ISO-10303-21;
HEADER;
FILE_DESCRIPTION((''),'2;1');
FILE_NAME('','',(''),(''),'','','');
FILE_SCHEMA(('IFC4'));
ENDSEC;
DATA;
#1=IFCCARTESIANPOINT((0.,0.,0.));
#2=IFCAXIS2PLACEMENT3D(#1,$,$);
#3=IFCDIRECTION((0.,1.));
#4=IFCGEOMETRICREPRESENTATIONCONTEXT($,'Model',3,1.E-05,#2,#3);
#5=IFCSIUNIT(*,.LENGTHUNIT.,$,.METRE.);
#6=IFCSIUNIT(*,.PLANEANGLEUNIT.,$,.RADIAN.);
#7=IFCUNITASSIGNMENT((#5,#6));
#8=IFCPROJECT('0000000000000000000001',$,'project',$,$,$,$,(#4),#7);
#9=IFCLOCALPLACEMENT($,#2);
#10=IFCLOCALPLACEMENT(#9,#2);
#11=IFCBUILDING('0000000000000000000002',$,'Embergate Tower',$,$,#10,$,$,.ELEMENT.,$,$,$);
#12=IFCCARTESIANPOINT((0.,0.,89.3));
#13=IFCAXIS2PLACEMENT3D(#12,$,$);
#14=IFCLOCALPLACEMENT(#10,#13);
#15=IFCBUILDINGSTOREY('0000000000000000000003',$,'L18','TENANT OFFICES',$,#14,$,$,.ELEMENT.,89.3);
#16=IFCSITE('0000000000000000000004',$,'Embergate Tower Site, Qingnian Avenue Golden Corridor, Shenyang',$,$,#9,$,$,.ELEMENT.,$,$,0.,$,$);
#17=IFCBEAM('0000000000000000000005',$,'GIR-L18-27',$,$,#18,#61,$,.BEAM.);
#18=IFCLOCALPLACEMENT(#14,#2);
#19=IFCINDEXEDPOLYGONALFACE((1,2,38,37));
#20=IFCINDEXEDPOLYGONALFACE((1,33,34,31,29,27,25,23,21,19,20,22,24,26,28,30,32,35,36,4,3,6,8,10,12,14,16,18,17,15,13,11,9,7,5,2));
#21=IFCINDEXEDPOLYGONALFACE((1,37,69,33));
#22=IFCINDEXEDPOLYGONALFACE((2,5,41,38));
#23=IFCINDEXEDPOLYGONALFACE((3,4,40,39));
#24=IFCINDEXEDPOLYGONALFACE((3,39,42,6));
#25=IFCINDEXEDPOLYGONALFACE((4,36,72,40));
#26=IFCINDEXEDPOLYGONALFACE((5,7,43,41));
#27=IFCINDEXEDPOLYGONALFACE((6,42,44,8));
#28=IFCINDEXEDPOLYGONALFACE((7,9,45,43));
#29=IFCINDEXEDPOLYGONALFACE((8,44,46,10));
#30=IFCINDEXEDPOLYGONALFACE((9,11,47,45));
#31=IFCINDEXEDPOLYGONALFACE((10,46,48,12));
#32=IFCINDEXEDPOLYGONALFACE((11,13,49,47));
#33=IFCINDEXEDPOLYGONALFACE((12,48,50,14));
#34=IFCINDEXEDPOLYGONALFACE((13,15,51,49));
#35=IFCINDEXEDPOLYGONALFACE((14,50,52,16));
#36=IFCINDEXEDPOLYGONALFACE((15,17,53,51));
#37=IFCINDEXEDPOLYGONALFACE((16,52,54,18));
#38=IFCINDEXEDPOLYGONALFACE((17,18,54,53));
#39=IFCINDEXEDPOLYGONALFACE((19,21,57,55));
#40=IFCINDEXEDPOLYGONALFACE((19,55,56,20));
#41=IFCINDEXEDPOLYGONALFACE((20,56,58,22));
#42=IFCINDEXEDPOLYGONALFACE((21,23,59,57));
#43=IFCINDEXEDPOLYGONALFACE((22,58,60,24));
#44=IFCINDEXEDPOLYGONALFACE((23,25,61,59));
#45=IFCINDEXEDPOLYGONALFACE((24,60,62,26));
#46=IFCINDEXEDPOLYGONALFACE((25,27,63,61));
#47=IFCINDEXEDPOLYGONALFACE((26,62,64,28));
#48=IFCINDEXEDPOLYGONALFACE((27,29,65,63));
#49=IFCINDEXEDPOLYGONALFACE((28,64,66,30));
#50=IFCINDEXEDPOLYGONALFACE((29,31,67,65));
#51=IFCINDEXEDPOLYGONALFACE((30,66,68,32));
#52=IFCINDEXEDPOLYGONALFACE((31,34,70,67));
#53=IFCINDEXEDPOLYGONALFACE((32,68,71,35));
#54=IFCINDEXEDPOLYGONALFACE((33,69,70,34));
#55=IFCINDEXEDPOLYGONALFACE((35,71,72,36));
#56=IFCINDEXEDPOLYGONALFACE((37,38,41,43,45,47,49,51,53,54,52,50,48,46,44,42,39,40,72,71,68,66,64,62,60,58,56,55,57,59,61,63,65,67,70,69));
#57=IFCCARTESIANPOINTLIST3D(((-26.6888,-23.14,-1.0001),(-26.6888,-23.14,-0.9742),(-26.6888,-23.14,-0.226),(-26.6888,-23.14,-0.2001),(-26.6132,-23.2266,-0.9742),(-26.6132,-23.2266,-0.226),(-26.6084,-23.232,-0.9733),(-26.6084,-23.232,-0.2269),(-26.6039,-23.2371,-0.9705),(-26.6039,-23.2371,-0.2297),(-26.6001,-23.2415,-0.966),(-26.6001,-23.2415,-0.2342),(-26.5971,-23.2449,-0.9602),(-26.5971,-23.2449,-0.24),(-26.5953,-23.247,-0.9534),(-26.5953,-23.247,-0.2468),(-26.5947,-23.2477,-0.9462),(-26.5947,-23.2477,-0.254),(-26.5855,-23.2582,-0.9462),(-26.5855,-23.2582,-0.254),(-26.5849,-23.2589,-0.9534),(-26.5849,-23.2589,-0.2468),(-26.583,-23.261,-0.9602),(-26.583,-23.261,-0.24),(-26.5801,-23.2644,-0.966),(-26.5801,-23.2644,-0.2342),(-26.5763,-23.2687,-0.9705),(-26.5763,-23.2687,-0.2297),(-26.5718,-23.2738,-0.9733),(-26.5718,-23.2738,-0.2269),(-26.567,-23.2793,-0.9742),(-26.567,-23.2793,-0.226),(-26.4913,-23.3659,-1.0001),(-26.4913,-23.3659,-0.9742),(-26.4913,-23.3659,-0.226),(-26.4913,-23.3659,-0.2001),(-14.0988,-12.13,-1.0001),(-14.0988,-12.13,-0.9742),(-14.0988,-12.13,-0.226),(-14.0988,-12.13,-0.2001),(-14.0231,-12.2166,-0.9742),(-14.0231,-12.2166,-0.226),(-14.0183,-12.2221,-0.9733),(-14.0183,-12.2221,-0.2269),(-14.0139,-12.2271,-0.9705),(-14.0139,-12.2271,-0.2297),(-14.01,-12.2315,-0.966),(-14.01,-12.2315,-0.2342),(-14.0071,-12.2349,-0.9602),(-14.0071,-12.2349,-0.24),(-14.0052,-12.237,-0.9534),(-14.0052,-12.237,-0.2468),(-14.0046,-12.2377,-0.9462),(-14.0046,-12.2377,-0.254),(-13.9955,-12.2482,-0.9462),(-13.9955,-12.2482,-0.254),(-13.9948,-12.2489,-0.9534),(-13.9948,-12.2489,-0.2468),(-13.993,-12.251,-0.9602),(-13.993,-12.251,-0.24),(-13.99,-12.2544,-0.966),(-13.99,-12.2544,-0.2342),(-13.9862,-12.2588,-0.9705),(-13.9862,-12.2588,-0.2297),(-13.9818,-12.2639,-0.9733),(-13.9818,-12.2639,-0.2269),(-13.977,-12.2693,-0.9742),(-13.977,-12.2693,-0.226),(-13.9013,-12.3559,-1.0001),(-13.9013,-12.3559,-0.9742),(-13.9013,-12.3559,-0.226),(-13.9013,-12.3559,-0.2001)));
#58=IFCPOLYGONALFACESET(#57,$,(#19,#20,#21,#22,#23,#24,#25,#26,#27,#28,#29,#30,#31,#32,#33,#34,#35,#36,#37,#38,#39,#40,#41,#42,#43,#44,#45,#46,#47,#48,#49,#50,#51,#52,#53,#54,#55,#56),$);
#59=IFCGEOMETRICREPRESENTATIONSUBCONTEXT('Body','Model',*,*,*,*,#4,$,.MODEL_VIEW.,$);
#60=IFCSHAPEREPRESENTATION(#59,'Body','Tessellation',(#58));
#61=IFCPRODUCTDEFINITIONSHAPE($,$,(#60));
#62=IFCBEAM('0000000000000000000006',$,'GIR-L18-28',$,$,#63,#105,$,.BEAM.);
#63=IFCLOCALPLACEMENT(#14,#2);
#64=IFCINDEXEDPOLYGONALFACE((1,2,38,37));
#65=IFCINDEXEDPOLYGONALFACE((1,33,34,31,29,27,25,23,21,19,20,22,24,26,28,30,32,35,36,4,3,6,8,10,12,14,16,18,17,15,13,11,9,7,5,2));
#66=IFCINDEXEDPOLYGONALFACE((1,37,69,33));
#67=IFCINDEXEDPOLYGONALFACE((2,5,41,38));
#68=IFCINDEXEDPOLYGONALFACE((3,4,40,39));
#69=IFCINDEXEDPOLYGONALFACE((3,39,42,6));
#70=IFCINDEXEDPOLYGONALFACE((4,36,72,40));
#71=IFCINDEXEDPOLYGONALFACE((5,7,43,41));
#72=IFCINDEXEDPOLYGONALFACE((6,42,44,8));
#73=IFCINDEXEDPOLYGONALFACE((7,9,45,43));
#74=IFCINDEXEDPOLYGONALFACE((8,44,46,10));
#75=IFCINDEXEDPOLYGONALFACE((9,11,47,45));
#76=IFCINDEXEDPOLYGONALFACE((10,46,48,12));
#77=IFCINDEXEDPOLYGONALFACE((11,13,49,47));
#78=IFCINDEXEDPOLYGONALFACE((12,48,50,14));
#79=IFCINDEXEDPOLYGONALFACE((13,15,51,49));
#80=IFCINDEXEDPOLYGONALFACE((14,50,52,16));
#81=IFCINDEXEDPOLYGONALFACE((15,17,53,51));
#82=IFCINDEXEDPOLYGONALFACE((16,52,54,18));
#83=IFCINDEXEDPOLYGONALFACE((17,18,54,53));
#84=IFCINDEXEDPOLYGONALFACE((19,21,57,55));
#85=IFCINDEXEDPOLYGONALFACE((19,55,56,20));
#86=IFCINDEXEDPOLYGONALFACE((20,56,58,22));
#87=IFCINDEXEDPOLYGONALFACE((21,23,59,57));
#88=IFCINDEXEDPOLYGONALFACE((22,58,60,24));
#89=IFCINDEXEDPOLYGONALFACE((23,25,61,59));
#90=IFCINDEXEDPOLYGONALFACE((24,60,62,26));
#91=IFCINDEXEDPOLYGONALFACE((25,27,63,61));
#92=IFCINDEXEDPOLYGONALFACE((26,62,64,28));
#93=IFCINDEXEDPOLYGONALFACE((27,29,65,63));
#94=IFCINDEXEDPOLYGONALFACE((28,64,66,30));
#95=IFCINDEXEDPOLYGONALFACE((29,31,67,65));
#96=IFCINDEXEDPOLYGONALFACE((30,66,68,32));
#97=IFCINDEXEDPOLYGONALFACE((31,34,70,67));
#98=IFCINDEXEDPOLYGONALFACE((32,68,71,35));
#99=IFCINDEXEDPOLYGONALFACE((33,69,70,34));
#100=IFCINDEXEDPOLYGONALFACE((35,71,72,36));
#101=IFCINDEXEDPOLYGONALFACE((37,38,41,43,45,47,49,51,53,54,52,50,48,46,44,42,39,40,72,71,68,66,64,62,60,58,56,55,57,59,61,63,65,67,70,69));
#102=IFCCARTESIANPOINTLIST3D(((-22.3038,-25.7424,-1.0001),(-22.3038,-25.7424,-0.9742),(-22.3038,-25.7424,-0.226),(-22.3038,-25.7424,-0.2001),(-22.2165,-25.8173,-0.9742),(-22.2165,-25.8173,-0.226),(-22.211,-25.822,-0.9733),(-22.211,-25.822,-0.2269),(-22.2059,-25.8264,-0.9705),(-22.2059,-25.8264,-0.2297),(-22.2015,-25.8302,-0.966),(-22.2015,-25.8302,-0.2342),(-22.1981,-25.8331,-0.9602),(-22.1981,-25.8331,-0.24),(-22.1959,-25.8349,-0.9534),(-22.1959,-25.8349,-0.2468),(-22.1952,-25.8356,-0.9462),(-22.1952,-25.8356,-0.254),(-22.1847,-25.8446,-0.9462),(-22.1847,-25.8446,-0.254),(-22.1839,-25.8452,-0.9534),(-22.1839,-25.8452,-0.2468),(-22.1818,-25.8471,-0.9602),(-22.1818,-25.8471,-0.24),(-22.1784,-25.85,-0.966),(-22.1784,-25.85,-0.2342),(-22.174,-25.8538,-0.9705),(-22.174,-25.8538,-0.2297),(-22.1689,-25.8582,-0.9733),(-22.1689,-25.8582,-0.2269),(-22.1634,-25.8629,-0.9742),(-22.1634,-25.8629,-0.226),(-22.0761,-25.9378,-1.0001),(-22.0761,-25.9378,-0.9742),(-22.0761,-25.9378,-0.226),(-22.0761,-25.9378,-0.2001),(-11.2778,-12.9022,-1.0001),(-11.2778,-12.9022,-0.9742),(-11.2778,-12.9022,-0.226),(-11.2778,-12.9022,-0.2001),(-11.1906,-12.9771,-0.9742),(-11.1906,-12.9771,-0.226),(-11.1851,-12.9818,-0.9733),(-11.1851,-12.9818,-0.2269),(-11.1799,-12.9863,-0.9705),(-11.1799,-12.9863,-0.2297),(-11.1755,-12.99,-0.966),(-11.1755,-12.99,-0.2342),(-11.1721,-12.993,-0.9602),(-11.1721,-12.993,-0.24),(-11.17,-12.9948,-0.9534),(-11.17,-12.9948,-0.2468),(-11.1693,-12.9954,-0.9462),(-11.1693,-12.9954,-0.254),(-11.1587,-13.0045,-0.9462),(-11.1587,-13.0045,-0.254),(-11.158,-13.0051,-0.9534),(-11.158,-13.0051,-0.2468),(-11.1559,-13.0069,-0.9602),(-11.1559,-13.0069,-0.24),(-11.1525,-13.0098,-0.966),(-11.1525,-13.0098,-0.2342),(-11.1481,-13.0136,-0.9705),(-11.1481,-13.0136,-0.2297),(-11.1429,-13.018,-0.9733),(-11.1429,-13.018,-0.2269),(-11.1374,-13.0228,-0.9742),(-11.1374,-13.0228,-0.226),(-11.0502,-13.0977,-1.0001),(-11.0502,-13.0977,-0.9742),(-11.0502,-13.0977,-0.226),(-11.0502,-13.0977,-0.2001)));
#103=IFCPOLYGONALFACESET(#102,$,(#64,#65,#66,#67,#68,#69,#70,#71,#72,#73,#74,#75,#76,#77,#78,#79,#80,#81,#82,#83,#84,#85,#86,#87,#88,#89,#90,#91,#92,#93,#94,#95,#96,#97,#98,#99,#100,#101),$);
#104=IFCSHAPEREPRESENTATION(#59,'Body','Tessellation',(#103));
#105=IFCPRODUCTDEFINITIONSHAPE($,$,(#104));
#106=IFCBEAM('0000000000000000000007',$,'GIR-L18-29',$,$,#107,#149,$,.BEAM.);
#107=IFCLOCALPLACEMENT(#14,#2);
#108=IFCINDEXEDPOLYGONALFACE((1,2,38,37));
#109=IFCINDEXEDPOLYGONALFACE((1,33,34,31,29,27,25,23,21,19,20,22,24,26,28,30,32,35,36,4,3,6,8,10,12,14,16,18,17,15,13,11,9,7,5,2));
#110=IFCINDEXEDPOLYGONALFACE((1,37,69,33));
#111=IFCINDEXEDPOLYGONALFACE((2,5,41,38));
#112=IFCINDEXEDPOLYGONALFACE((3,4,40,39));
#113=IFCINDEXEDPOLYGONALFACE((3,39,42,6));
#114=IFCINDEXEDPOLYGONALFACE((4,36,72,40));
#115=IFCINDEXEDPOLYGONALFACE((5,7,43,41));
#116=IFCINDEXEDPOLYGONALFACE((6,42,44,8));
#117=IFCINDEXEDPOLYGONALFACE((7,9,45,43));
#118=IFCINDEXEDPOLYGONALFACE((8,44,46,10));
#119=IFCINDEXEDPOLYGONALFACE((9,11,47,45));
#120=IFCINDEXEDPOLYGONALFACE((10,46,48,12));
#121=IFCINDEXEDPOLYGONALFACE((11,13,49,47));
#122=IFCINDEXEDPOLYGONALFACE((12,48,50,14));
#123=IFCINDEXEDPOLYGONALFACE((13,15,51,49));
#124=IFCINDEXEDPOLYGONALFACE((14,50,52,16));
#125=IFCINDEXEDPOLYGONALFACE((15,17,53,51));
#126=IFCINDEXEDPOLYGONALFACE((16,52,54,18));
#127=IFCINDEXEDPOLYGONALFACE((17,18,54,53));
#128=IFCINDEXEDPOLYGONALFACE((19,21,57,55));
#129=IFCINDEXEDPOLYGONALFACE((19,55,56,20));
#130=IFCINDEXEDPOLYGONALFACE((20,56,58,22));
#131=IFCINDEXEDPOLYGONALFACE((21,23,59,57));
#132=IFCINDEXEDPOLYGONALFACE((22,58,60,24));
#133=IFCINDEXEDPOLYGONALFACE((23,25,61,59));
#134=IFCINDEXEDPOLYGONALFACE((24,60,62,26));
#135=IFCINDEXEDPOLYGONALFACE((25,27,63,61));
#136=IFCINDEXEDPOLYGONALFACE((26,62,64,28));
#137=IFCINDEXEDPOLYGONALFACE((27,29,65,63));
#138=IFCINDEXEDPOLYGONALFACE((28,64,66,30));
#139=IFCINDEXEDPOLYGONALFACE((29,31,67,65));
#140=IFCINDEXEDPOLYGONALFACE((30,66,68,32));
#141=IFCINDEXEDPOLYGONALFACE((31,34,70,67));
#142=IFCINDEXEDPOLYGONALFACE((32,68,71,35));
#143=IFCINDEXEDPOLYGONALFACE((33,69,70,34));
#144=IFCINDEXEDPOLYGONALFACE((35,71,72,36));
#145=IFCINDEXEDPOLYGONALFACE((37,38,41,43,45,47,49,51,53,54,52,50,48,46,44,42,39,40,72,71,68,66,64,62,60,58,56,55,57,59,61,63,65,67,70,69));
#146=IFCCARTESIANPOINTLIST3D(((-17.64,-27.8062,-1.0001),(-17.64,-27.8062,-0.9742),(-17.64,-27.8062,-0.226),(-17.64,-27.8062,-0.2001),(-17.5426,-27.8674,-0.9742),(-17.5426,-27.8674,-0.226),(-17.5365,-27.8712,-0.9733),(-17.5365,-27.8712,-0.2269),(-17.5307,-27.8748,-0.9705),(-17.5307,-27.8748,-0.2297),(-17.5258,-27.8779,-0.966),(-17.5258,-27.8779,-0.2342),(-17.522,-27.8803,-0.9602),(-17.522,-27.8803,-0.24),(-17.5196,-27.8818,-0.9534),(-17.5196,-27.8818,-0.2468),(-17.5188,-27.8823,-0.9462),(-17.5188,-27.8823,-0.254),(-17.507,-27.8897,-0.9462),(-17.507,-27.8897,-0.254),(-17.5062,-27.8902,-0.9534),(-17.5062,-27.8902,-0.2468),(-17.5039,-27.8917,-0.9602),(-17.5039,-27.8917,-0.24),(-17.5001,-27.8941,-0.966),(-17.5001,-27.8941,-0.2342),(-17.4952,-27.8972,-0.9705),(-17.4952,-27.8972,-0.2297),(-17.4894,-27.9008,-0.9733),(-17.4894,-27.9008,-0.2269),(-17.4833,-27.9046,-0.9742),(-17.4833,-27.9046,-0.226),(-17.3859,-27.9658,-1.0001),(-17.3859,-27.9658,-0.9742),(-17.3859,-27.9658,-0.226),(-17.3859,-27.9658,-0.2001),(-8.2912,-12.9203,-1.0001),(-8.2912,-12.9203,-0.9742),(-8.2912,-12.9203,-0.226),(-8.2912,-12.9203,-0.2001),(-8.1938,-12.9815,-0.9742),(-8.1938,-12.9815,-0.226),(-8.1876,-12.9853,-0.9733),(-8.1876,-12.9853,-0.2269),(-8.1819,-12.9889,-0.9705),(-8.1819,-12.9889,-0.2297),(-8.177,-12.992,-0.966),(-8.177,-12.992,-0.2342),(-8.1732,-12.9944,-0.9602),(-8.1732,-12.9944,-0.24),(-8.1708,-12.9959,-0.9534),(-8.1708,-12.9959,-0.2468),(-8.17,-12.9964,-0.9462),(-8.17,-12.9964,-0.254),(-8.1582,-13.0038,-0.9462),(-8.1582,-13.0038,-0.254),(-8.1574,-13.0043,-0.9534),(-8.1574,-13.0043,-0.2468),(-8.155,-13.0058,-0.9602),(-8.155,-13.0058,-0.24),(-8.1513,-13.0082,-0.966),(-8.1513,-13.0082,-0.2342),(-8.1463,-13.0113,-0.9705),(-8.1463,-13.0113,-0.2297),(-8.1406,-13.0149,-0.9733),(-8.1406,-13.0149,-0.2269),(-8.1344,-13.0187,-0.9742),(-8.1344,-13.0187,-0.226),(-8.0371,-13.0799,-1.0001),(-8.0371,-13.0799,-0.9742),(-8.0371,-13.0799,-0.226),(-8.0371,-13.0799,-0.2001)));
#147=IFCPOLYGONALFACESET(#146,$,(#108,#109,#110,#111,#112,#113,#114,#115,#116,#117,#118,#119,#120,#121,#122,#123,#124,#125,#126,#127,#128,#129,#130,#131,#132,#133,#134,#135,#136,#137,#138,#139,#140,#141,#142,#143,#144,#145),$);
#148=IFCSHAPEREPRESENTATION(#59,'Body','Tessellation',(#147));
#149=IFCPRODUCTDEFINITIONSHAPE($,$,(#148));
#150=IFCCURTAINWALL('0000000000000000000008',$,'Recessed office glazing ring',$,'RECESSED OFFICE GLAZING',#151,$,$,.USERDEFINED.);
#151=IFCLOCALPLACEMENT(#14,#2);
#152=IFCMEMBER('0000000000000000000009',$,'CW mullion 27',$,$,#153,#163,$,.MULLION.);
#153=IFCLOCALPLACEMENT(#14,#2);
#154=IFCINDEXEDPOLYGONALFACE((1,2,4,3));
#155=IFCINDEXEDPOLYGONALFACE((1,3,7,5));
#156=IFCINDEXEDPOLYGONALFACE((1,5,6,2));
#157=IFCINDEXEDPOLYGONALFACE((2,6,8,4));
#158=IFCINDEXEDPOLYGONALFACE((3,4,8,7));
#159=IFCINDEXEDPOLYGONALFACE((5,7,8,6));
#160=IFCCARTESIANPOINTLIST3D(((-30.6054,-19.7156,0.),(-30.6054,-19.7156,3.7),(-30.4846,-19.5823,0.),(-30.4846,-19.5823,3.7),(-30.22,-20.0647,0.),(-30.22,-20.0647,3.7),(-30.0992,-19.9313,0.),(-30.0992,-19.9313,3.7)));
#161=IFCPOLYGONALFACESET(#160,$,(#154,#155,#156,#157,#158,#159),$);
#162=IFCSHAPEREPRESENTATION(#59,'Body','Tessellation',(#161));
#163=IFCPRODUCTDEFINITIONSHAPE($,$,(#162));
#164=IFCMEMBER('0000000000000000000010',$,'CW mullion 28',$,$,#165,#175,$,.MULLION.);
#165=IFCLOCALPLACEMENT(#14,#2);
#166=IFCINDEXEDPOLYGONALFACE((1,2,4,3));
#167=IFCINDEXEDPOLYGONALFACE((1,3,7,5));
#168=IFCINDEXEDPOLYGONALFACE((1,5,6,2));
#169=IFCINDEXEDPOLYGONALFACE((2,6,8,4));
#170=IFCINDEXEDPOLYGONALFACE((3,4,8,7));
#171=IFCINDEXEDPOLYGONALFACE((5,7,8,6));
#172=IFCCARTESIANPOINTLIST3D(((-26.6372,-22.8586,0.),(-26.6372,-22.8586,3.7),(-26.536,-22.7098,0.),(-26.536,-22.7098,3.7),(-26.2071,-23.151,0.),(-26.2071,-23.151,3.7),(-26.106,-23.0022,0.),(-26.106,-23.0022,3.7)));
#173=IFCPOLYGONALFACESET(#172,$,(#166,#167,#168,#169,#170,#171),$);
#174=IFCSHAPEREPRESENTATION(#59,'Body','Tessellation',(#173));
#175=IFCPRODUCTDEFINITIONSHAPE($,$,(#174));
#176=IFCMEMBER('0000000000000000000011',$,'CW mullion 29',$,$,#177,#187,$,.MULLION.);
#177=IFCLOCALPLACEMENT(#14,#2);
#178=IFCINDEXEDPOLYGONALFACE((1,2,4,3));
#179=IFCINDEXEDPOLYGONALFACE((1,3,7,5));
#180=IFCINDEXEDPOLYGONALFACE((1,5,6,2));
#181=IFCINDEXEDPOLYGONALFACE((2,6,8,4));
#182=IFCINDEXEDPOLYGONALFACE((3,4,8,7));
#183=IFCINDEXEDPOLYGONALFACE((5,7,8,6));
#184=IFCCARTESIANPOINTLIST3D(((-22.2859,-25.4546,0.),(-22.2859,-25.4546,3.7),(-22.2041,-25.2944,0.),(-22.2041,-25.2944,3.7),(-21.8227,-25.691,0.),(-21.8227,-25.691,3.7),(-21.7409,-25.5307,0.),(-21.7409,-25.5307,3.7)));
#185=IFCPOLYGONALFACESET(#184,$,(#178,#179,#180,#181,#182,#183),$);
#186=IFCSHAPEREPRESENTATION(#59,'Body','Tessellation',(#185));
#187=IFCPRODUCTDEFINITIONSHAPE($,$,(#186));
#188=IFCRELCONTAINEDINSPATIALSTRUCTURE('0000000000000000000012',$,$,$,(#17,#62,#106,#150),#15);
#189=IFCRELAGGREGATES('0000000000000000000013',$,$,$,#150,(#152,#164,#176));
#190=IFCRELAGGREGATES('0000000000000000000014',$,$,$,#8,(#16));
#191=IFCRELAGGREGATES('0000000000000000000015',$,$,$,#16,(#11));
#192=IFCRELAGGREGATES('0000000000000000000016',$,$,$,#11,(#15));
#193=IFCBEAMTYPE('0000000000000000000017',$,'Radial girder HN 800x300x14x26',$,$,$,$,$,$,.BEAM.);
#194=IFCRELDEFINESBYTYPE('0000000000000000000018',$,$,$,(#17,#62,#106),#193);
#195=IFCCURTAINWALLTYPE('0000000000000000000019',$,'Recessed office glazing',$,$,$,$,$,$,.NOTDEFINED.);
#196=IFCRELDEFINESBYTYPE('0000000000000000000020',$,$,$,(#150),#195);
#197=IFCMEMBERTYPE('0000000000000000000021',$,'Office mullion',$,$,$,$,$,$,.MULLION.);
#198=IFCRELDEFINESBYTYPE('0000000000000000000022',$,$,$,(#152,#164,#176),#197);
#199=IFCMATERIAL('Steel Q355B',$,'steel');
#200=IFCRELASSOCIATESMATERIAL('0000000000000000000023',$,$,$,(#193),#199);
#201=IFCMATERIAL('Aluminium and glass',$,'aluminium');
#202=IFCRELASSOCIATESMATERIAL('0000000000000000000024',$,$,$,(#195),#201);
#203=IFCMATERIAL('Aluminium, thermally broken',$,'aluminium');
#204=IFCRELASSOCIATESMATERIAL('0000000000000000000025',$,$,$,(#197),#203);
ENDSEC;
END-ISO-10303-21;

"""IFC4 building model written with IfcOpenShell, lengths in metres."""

from ifc_helpers import new_model, si_unit, direction, frame, origin, origin_2d, place, context, subcontext, project, spatial, rectangle, i_section, extrude, source, transform, mapped, material, material_profile, profile_set, type_object, element, aggregate, save


model = new_model("IFC4")

# Units and contexts
model_context = context("Model", 3, precision=1e-05, world=origin(), true_north=direction((0.0, 1.0)))
body_context = subcontext(model_context, "Body", "Model", "MODEL_VIEW")
ifc_project = project(units=[si_unit("LENGTHUNIT", "METRE"), si_unit("PLANEANGLEUNIT", "RADIAN")], contexts=[model_context])

# Site, building, storey
site_placement = place(None, origin())
site = spatial("IfcSite", under=ifc_project, at=site_placement, Name="Embergate Tower Site, Qingnian Avenue Golden Corridor, Shenyang", CompositionType="ELEMENT", RefElevation=0.0)
building_placement = place(site_placement, origin())
building = spatial("IfcBuilding", under=site, at=building_placement, Name="Embergate Tower", CompositionType="ELEMENT")
storey_placement = place(building_placement, frame((0.0, 0.0, 89.3)))
storey = spatial("IfcBuildingStorey", under=building, at=storey_placement, Name="L18", Description="TENANT OFFICES", CompositionType="ELEMENT", Elevation=89.3)

# Beams
ifc_material_1 = material(Name="Steel Q355B", Category="steel")
ifc_material_profile_1 = material_profile(ifc_material_1, i_section(OverallWidth=0.3, OverallDepth=0.8, WebThickness=0.0139, FlangeThickness=0.0259, FilletRadius=0.0281, at=origin_2d()), Name="HN 800x300x14x26")
ifc_profile_set_1 = profile_set([ifc_material_profile_1], Name="Steel Q355 grade B")
beam_type_1 = type_object("IfcBeamType", Name="Radial girder HN 800x300x14x26", PredefinedType="BEAM", material=ifc_profile_set_1)
shared_shape_1 = source(origin(), body_context, "Body", "SweptSolid", [
    extrude(i_section(OverallWidth=0.3, OverallDepth=0.8, WebThickness=0.0139, FlangeThickness=0.0259, FilletRadius=0.0281, at=origin_2d()), origin(), (0.0, 0.0, 1.0), 16.7251),
])
beam_1_placement = place(storey_placement, frame((-26.5901, -23.2529, -0.6001), z_axis=(0.752764, 0.658291, 0.0), x_axis=(-0.658291, 0.752764, 0.0)))
element("IfcBeam", 1, at=beam_1_placement, inside=storey, type_object=beam_type_1, Name="GIR-L18-27", PredefinedType="BEAM", context=body_context, shape_type="MappedRepresentation", body=[
    mapped(shared_shape_1, transform((0.0, 0.0, 0.0))),
])
shared_shape_2 = source(origin(), body_context, "Body", "SweptSolid", [
    extrude(i_section(OverallWidth=0.3, OverallDepth=0.8, WebThickness=0.0139, FlangeThickness=0.0259, FilletRadius=0.0281, at=origin_2d()), origin(), (0.0, 0.0, 1.0), 16.9246),
])
beam_2_placement = place(storey_placement, frame((-22.1899, -25.8401, -0.6001), z_axis=(0.651475, 0.75867, 0.0), x_axis=(-0.75867, 0.651475, 0.0)))
element("IfcBeam", 2, at=beam_2_placement, inside=storey, type_object=beam_type_1, Name="GIR-L18-28", PredefinedType="BEAM", context=body_context, shape_type="MappedRepresentation", body=[
    mapped(shared_shape_2, transform((0.0, 0.0, 0.0))),
])
shared_shape_3 = source(origin(), body_context, "Body", "SweptSolid", [
    extrude(i_section(OverallWidth=0.3, OverallDepth=0.8, WebThickness=0.0139, FlangeThickness=0.0259, FilletRadius=0.0281, at=origin_2d()), origin(), (0.0, 0.0, 1.0), 17.5781),
])
beam_3_placement = place(storey_placement, frame((-17.5129, -27.886, -0.6001), z_axis=(0.531844, 0.846842, 0.0), x_axis=(-0.846842, 0.531844, 0.0)))
element("IfcBeam", 3, at=beam_3_placement, inside=storey, type_object=beam_type_1, Name="GIR-L18-29", PredefinedType="BEAM", context=body_context, shape_type="MappedRepresentation", body=[
    mapped(shared_shape_3, transform((0.0, 0.0, 0.0))),
])

# Curtain wall, members
ifc_material_2 = material(Name="Aluminium and glass", Category="aluminium")
curtain_wall_type = type_object("IfcCurtainWallType", Name="Recessed office glazing", PredefinedType="NOTDEFINED", material=ifc_material_2)
curtain_wall_placement = place(storey_placement, origin())
curtain_wall = element("IfcCurtainWall", 4, at=curtain_wall_placement, inside=storey, type_object=curtain_wall_type, Name="Recessed office glazing ring", ObjectType="RECESSED OFFICE GLAZING", PredefinedType="USERDEFINED")
ifc_material_3 = material(Name="Aluminium, thermally broken", Category="aluminium")
ifc_material_profile_2 = material_profile(ifc_material_3, rectangle(XDim=0.1799, YDim=0.52, at=origin_2d()), Name="AL 520x180")
ifc_profile_set_2 = profile_set([ifc_material_profile_2], Name="Aluminium, thermally broken")
member_type_1 = type_object("IfcMemberType", Name="Office mullion", PredefinedType="MULLION", material=ifc_profile_set_2)
shared_shape_4 = source(origin(), body_context, "Body", "SweptSolid", [
    extrude(rectangle(XDim=0.1799, YDim=0.52, at=origin_2d()), origin(), (0.0, 0.0, 1.0), 3.7),
])
member_1_placement = place(storey_placement, frame((-30.3523, -19.8235, 0.0), z_axis=(0.0, 0.0, 1.0), x_axis=(0.671229, 0.74125, 0.0)))
member_1 = element("IfcMember", 5, at=member_1_placement, type_object=member_type_1, Name="CW mullion 27", PredefinedType="MULLION", context=body_context, shape_type="MappedRepresentation", body=[
    mapped(shared_shape_4, transform((0.0, 0.0, 0.0))),
])
member_2_placement = place(storey_placement, frame((-26.3716, -22.9304, 0.0), z_axis=(0.0, 0.0, 1.0), x_axis=(0.562218, 0.826989, 0.0)))
member_2 = element("IfcMember", 6, at=member_2_placement, type_object=member_type_1, Name="CW mullion 28", PredefinedType="MULLION", context=body_context, shape_type="MappedRepresentation", body=[
    mapped(shared_shape_4, transform((0.0, 0.0, 0.0))),
])
member_3_placement = place(storey_placement, frame((-22.0134, -25.4927, 0.0), z_axis=(0.0, 0.0, 1.0), x_axis=(0.454511, 0.890741, 0.0)))
member_3 = element("IfcMember", 7, at=member_3_placement, type_object=member_type_1, Name="CW mullion 29", PredefinedType="MULLION", context=body_context, shape_type="MappedRepresentation", body=[
    mapped(shared_shape_4, transform((0.0, 0.0, 0.0))),
])
aggregate(curtain_wall, [member_1, member_2, member_3])

save(model, "model.ifc")
